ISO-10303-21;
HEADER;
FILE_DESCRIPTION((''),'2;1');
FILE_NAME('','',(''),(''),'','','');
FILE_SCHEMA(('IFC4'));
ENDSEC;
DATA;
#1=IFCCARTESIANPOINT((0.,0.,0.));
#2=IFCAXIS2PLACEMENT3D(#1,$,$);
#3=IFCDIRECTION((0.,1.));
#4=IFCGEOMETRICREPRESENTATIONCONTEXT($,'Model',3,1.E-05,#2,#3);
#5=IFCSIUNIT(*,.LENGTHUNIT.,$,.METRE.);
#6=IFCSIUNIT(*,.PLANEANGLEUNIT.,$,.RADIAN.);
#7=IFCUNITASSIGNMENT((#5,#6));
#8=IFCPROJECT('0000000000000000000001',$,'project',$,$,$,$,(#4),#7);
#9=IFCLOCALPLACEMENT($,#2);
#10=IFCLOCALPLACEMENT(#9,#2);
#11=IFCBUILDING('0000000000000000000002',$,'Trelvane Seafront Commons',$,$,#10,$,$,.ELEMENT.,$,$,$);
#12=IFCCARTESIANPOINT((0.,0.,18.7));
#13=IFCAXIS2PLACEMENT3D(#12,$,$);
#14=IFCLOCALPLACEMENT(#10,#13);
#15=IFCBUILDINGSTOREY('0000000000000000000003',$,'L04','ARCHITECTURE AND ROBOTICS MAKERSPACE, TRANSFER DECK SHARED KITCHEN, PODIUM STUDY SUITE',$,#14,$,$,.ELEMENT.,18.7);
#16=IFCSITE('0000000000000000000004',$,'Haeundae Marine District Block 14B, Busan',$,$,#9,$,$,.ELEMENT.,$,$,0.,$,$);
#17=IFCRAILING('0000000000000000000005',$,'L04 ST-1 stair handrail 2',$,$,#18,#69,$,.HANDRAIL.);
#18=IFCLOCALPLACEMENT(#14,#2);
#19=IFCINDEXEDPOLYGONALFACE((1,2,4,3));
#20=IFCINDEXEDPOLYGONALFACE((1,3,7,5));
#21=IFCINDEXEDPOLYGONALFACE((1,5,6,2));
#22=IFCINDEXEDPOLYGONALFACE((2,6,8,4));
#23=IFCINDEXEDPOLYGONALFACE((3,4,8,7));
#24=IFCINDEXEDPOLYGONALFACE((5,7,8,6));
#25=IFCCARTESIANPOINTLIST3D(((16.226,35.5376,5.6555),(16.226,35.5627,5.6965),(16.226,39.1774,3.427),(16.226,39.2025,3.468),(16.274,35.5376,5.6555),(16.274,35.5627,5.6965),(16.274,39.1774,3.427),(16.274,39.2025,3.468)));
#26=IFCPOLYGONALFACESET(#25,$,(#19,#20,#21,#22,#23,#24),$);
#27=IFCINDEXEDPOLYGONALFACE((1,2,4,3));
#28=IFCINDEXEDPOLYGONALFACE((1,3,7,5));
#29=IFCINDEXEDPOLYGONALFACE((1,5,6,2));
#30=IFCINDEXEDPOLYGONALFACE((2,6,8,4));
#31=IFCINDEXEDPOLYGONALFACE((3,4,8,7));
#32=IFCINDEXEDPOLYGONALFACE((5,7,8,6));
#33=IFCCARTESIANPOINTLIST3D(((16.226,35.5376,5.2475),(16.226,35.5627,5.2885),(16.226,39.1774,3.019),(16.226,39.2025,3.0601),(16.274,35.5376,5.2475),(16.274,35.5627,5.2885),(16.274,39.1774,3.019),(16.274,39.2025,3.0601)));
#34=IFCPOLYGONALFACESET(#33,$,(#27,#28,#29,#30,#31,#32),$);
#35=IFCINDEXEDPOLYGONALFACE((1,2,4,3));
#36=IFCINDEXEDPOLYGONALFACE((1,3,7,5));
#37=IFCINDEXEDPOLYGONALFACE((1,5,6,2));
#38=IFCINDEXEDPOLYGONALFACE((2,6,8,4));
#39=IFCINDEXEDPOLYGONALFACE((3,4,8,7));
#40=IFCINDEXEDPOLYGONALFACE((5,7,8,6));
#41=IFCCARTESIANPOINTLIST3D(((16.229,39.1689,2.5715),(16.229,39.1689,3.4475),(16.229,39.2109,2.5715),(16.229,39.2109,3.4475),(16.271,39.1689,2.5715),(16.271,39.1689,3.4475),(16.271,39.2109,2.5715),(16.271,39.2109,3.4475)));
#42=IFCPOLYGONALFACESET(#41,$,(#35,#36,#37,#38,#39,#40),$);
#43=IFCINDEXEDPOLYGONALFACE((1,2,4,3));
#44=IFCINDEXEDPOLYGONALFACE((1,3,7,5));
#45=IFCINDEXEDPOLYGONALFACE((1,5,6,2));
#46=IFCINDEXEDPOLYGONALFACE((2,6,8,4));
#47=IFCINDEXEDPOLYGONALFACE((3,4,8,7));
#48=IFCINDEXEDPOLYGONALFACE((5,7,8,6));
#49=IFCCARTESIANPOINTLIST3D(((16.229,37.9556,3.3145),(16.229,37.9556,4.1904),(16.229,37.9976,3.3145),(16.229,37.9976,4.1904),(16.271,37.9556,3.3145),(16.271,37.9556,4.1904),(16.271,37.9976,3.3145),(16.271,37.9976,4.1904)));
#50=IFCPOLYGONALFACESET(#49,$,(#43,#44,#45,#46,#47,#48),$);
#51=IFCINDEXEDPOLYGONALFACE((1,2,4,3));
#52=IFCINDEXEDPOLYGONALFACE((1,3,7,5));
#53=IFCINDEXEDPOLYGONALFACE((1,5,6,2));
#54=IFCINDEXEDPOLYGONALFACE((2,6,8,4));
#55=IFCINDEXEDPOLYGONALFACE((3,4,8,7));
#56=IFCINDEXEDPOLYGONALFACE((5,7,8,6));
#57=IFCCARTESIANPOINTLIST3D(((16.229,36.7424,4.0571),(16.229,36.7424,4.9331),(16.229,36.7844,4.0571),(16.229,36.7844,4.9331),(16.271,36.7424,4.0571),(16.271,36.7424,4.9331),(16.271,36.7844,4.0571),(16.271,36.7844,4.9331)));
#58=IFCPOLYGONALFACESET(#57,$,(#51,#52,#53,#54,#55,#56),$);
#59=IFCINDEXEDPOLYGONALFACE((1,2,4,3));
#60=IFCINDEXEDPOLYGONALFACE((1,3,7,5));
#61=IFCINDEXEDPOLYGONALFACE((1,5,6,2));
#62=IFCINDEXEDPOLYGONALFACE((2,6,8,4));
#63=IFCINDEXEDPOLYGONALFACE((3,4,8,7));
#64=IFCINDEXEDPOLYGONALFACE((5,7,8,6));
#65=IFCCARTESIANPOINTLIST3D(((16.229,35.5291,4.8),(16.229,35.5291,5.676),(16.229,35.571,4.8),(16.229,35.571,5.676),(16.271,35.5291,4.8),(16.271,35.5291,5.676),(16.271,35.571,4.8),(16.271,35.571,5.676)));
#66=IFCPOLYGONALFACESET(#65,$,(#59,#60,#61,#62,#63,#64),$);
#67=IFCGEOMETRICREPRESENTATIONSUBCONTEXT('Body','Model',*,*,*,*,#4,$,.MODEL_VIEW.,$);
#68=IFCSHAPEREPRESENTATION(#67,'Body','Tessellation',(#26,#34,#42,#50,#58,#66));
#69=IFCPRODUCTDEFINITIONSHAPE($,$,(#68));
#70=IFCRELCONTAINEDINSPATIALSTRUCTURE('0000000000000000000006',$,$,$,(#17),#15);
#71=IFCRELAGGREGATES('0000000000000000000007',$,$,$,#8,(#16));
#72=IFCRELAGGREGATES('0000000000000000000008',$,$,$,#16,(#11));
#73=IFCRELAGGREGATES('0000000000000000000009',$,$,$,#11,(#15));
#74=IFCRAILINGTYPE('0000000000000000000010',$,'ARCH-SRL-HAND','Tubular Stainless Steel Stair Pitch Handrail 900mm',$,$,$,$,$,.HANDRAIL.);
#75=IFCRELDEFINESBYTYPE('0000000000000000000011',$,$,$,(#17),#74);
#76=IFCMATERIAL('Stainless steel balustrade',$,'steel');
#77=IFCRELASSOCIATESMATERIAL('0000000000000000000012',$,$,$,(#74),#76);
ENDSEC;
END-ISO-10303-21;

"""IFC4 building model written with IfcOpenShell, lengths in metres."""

from ifc_helpers import new_model, si_unit, direction, frame, origin, origin_2d, place, context, subcontext, project, spatial, rectangle, extrude, material, type_object, element, save


model = new_model("IFC4")

# Units and contexts
model_context = context("Model", 3, precision=1e-05, world=origin(), true_north=direction((0.0, 1.0)))
body_context = subcontext(model_context, "Body", "Model", "MODEL_VIEW")
ifc_project = project(units=[si_unit("LENGTHUNIT", "METRE"), si_unit("PLANEANGLEUNIT", "RADIAN")], contexts=[model_context])

# Site, building, storey
site_placement = place(None, origin())
site = spatial("IfcSite", under=ifc_project, at=site_placement, Name="Haeundae Marine District Block 14B, Busan", CompositionType="ELEMENT", RefElevation=0.0)
building_placement = place(site_placement, origin())
building = spatial("IfcBuilding", under=site, at=building_placement, Name="Trelvane Seafront Commons", CompositionType="ELEMENT")
storey_placement = place(building_placement, frame((0.0, 0.0, 18.7)))
storey = spatial("IfcBuildingStorey", under=building, at=storey_placement, Name="L04", Description="ARCHITECTURE AND ROBOTICS MAKERSPACE, TRANSFER DECK SHARED KITCHEN, PODIUM STUDY SUITE", CompositionType="ELEMENT", Elevation=18.7)

# Railing
ifc_material_1 = material(Name="Stainless steel balustrade", Category="steel")
railing_type_1 = type_object("IfcRailingType", Name="ARCH-SRL-HAND", Description="Tubular Stainless Steel Stair Pitch Handrail 900mm", PredefinedType="HANDRAIL", material=ifc_material_1)
railing_1_placement = place(storey_placement, frame((16.25, 39.1899, 2.5715)))
element("IfcRailing", 1, at=railing_1_placement, inside=storey, type_object=railing_type_1, Name="L04 ST-1 stair handrail 2", PredefinedType="HANDRAIL", context=body_context, shape_type="SweptSolid", body=[
    extrude(rectangle(XDim=0.0481, YDim=0.0481, at=origin_2d()), frame((0.0, 0.0, 0.876), z_axis=(0.0, -0.85285, 0.522156), x_axis=(1.0, 0.0, 0.0)), (0.0, 0.0, 1.0), 4.2678),
    extrude(rectangle(XDim=0.0481, YDim=0.0481, at=origin_2d()), frame((0.0, 0.0, 0.468), z_axis=(0.0, -0.85285, 0.522156), x_axis=(1.0, 0.0, 0.0)), (0.0, 0.0, 1.0), 4.2678),
    extrude(rectangle(XDim=0.042, YDim=0.042, at=origin_2d()), origin(), (0.0, 0.0, 1.0), 0.876),
    extrude(rectangle(XDim=0.042, YDim=0.042, at=origin_2d()), frame((0.0, -1.2134, 0.7429)), (0.0, 0.0, 1.0), 0.876),
    extrude(rectangle(XDim=0.042, YDim=0.042, at=origin_2d()), frame((0.0, -2.4265, 1.4856)), (0.0, 0.0, 1.0), 0.876),
    extrude(rectangle(XDim=0.042, YDim=0.042, at=origin_2d()), frame((0.0, -3.6399, 2.2285)), (0.0, 0.0, 1.0), 0.876),
])

save(model, "model.ifc")
